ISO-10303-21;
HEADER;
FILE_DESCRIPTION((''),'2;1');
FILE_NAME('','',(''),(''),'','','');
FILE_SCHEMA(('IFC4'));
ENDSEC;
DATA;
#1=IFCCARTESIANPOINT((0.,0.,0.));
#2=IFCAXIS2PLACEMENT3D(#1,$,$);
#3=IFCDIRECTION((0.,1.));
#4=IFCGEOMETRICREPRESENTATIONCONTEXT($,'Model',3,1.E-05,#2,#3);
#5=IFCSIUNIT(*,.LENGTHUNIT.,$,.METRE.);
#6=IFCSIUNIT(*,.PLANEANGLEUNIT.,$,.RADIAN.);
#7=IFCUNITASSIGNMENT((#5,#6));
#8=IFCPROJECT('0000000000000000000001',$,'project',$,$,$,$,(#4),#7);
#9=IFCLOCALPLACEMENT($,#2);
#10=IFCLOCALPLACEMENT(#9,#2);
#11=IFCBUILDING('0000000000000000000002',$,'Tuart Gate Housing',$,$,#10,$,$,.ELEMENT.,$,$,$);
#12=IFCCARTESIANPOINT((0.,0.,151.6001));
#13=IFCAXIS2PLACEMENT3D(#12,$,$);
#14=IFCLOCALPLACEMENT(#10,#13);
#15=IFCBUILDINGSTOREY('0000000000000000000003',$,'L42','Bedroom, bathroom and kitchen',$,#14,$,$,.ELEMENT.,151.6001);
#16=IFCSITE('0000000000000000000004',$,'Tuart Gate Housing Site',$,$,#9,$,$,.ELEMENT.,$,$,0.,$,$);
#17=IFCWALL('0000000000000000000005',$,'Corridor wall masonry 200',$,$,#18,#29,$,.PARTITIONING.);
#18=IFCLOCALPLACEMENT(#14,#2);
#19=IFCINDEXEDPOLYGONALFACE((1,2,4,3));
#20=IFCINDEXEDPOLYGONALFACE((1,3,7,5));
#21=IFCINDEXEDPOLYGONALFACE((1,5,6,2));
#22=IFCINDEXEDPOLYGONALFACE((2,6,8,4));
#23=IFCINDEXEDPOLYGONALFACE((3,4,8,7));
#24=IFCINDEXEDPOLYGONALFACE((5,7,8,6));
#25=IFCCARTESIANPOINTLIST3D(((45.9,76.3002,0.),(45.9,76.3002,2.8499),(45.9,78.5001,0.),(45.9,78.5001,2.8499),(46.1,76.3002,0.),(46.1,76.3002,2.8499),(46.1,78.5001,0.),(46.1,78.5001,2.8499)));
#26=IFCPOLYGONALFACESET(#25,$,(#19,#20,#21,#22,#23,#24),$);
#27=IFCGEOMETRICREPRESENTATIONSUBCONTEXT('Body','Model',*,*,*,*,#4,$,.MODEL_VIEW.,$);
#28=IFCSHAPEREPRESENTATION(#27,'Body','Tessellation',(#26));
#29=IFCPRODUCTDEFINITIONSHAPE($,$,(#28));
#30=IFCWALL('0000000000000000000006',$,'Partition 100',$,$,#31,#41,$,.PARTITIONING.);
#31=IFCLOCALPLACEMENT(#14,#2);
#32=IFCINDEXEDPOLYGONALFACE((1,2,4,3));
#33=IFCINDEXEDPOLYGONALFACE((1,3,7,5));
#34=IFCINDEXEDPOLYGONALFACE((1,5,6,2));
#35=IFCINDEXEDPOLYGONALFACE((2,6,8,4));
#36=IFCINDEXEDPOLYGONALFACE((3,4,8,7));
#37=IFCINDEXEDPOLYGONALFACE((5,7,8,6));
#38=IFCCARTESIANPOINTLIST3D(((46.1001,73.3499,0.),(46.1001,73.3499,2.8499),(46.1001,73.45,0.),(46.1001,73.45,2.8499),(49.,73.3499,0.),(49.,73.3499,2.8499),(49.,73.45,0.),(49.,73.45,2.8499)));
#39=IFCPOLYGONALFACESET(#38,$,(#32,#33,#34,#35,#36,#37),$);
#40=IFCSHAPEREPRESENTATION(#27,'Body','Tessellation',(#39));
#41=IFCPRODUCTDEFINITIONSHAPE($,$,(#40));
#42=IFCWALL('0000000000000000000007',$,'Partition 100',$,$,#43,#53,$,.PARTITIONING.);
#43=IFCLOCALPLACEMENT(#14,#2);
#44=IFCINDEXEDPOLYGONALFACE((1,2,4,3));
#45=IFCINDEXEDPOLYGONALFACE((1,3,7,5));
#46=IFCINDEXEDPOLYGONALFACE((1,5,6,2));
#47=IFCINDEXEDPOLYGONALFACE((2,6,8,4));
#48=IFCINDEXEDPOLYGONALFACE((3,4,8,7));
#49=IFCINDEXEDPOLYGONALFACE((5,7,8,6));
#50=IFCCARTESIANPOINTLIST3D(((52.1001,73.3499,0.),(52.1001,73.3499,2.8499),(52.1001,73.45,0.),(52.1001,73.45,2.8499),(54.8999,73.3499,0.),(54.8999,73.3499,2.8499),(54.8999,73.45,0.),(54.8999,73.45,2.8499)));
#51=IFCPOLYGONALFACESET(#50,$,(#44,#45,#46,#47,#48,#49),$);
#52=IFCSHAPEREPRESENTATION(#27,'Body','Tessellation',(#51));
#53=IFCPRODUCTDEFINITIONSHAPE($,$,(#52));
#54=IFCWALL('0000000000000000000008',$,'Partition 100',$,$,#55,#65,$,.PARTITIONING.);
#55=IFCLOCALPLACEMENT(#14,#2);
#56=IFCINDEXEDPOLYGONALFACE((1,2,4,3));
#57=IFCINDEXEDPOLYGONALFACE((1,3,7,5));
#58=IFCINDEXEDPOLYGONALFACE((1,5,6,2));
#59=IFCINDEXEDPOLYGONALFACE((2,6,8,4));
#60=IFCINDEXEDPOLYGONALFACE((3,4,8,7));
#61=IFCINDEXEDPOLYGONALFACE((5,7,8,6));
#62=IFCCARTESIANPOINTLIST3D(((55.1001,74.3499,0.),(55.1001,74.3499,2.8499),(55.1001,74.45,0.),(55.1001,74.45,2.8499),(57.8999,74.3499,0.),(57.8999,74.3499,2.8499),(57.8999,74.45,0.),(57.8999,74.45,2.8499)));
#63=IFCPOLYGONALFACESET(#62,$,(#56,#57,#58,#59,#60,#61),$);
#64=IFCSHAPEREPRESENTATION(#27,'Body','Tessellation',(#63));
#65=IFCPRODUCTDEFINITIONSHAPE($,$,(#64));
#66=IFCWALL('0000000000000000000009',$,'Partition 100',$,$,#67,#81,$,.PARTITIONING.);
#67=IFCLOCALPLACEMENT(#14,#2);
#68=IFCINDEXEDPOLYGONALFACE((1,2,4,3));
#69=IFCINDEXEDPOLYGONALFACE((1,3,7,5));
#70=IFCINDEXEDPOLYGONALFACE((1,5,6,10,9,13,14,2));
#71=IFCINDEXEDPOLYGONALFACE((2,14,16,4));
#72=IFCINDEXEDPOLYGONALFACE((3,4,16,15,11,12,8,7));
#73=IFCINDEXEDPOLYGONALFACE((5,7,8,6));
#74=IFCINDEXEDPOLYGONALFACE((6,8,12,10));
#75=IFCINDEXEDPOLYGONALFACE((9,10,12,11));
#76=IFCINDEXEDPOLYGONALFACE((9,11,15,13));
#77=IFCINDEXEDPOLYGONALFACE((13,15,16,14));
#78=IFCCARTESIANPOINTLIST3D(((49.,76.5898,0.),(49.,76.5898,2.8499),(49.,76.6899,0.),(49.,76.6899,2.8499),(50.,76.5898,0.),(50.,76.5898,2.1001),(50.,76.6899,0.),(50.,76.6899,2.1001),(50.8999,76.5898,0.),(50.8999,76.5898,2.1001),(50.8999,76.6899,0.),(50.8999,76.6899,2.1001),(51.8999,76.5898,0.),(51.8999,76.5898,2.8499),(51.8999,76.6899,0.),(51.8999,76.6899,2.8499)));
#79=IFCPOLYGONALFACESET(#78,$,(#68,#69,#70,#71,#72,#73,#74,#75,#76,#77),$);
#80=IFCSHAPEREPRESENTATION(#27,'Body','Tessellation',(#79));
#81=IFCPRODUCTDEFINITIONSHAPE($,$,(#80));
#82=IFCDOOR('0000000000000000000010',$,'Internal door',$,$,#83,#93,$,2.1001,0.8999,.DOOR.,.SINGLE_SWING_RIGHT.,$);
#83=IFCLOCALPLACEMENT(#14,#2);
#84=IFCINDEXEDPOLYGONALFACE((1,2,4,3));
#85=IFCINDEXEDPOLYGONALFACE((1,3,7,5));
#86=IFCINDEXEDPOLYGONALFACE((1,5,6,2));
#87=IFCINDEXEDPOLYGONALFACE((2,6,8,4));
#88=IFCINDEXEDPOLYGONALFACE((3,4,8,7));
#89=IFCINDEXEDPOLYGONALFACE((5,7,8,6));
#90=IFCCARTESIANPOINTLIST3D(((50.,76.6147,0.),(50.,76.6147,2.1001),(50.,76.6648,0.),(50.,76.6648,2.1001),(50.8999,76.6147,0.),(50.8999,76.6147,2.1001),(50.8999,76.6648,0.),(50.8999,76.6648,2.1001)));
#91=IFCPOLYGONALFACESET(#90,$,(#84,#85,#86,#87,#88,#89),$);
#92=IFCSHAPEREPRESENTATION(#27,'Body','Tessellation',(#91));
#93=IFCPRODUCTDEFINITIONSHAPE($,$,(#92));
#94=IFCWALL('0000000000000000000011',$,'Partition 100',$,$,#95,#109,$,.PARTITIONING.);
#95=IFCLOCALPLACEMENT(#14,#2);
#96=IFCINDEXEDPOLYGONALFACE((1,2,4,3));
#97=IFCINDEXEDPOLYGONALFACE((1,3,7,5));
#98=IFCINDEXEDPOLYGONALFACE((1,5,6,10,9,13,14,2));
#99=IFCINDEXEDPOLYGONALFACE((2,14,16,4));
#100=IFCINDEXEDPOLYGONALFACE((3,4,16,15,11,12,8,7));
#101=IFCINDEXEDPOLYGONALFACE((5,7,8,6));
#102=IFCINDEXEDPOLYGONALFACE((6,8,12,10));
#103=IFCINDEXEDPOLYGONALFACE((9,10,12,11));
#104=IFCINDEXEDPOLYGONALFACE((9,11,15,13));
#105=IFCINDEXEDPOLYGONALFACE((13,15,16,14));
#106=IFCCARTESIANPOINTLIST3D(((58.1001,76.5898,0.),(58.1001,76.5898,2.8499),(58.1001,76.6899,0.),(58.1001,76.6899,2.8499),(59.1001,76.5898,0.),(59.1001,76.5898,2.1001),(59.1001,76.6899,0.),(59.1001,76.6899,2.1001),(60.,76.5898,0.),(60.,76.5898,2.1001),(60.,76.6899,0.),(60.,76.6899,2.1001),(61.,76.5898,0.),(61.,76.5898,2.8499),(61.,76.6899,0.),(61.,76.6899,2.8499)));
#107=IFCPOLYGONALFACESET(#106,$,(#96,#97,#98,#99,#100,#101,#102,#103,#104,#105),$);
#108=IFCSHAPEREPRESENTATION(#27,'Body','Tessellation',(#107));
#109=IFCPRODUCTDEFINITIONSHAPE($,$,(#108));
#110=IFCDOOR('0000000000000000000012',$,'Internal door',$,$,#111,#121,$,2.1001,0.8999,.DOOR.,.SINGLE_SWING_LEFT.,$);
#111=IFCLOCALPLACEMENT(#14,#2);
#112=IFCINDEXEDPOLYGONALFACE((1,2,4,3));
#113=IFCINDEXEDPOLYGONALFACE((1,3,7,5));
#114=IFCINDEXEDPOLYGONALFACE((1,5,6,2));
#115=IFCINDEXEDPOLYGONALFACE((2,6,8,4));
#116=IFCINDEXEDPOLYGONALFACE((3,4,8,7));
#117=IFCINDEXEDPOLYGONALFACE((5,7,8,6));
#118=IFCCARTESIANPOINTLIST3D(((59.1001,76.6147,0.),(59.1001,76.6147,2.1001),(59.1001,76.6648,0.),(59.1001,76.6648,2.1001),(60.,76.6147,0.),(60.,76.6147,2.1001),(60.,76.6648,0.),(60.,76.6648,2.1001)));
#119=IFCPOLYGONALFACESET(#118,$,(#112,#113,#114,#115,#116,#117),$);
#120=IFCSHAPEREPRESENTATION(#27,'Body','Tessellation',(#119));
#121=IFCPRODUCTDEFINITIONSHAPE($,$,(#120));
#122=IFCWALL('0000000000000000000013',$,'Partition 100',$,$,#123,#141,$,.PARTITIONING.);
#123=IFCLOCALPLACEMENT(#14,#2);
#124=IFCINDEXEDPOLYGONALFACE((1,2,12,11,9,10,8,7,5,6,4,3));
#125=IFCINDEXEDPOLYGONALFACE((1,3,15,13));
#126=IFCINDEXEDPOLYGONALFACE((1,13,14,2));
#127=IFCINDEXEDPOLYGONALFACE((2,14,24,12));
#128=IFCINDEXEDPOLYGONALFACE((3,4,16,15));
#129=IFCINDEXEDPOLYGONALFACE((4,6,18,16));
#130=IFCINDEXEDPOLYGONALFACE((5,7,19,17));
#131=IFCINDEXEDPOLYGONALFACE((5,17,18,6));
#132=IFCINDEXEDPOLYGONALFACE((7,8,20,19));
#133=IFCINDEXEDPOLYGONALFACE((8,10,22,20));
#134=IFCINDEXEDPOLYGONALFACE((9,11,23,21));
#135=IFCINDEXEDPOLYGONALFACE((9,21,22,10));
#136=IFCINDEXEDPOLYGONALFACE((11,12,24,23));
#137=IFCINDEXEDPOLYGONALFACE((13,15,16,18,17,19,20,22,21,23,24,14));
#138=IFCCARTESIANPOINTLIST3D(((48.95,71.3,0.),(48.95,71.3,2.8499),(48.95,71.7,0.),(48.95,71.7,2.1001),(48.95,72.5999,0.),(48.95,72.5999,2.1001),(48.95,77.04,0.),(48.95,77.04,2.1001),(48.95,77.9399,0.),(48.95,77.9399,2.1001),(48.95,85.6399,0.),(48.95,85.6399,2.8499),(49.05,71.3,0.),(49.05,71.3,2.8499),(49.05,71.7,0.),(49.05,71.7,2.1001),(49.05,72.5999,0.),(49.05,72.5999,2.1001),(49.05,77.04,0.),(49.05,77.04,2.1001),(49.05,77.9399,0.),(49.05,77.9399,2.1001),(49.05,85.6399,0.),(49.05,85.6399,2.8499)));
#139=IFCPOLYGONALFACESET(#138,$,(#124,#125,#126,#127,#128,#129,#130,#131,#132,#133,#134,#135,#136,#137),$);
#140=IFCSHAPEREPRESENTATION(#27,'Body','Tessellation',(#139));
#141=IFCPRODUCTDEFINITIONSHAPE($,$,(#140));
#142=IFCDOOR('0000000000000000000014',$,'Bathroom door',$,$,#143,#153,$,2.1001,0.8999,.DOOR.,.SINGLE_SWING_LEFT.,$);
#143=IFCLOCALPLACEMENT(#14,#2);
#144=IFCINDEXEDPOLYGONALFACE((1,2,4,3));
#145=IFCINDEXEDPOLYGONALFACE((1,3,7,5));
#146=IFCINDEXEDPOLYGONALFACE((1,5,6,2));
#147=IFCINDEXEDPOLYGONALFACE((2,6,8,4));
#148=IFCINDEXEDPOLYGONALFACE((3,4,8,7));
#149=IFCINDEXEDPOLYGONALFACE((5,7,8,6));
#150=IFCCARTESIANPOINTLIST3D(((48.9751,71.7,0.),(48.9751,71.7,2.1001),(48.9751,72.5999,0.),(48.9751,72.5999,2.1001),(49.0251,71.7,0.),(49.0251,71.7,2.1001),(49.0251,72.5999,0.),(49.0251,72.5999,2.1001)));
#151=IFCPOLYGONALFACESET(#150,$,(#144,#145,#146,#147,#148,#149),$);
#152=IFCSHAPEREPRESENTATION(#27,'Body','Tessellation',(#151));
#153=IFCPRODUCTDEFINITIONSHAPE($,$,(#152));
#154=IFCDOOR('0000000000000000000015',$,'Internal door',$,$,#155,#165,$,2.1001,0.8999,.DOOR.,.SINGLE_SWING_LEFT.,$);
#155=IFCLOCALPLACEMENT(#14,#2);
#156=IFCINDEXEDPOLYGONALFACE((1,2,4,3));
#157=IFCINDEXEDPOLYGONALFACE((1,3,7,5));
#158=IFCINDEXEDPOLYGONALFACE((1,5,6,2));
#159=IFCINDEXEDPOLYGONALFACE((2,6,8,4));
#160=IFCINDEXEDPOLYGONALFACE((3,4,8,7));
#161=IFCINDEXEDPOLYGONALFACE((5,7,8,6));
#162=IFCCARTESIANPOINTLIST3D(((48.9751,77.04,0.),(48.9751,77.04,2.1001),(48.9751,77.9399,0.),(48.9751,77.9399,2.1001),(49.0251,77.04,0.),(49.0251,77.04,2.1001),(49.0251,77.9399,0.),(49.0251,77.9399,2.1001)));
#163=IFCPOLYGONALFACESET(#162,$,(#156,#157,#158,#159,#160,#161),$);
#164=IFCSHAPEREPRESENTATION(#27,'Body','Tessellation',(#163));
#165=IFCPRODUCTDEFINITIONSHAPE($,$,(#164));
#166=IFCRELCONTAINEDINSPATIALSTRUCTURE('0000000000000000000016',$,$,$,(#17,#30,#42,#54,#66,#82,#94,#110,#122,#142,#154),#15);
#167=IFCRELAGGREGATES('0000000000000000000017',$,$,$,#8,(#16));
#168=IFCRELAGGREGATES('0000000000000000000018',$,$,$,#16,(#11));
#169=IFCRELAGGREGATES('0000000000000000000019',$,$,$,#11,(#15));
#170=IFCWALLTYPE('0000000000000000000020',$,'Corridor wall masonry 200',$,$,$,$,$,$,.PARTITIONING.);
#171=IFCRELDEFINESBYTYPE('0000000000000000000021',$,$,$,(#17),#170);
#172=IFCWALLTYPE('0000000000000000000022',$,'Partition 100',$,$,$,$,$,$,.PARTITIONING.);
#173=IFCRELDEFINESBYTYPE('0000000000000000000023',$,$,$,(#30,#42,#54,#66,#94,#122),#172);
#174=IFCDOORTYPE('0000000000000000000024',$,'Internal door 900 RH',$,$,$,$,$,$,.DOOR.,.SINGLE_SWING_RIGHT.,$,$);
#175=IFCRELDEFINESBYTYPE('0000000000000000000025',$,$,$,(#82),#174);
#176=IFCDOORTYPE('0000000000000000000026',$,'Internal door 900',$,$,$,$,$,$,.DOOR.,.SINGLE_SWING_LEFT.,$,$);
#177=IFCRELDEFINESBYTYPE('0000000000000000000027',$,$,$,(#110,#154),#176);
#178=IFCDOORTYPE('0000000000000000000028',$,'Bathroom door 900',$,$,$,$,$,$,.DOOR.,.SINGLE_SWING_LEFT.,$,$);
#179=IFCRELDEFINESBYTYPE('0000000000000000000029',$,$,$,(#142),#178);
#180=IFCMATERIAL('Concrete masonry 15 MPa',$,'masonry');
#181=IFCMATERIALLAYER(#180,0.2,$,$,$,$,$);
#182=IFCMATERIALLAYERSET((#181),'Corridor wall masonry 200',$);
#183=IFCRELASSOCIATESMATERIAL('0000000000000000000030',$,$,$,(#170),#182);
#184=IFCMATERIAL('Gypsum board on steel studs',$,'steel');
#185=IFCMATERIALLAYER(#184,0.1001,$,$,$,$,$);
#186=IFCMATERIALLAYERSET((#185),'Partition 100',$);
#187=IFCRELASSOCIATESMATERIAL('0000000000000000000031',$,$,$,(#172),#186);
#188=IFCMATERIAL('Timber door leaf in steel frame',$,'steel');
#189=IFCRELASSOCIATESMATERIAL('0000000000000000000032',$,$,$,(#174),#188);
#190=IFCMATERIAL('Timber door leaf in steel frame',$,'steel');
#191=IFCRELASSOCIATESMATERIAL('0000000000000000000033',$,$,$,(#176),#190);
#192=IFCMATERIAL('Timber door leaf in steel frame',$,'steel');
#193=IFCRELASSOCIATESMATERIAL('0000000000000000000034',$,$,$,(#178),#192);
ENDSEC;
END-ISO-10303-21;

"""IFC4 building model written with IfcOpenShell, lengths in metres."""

from ifc_helpers import new_model, si_unit, direction, frame, frame_2d, origin, place, context, subcontext, project, spatial, rectangle, extrude, material, layer, layer_set, type_object, element, fill, save


model = new_model("IFC4")

# Units and contexts
model_context = context("Model", 3, precision=1e-05, world=origin(), true_north=direction((0.0, 1.0)))
body_context = subcontext(model_context, "Body", "Model", "MODEL_VIEW")
ifc_project = project(units=[si_unit("LENGTHUNIT", "METRE"), si_unit("PLANEANGLEUNIT", "RADIAN")], contexts=[model_context])

# Site, building, storey
site_placement = place(None, origin())
site = spatial("IfcSite", under=ifc_project, at=site_placement, Name="Tuart Gate Housing Site", CompositionType="ELEMENT", RefElevation=0.0)
building_placement = place(site_placement, origin())
building = spatial("IfcBuilding", under=site, at=building_placement, Name="Tuart Gate Housing", CompositionType="ELEMENT")
storey_placement = place(building_placement, frame((0.0, 0.0, 151.6001)))
storey = spatial("IfcBuildingStorey", under=building, at=storey_placement, Name="L42", Description="Bedroom, bathroom and kitchen", CompositionType="ELEMENT", Elevation=151.6001)

# Walls
ifc_material_1 = material(Name="Concrete masonry 15 MPa", Category="masonry")
ifc_layer_1 = layer(ifc_material_1, 0.2)
ifc_layer_set_1 = layer_set([ifc_layer_1], Name="Corridor wall masonry 200")
wall_type_1 = type_object("IfcWallType", Name="Corridor wall masonry 200", PredefinedType="PARTITIONING", material=ifc_layer_set_1)
wall_1_placement = place(storey_placement, frame((46.0, 76.3, 0.0), z_axis=(0.0, 0.0, 1.0), x_axis=(0.0, 1.0, 0.0)))
element("IfcWall", 1, at=wall_1_placement, inside=storey, type_object=wall_type_1, Name="Corridor wall masonry 200", PredefinedType="PARTITIONING", context=body_context, shape_type="SweptSolid", body=[
    extrude(rectangle(XDim=2.2, YDim=0.2, at=frame_2d((1.1001, 0.0))), origin(), (0.0, 0.0, 1.0), 2.8499),
])
ifc_material_2 = material(Name="Gypsum board on steel studs", Category="steel")
ifc_layer_2 = layer(ifc_material_2, 0.1001)
ifc_layer_set_2 = layer_set([ifc_layer_2], Name="Partition 100")
wall_type_2 = type_object("IfcWallType", Name="Partition 100", PredefinedType="PARTITIONING", material=ifc_layer_set_2)
wall_2_placement = place(storey_placement, frame((46.1001, 73.3999, 0.0), z_axis=(0.0, 0.0, 1.0), x_axis=(1.0, 0.0, 0.0)))
element("IfcWall", 2, at=wall_2_placement, inside=storey, type_object=wall_type_2, Name="Partition 100", PredefinedType="PARTITIONING", context=body_context, shape_type="SweptSolid", body=[
    extrude(rectangle(XDim=2.8999, YDim=0.1001, at=frame_2d((1.45, 0.0))), origin(), (0.0, 0.0, 1.0), 2.8499),
])
for number, where, z_axis, x_axis, name in (
    (3, (52.1001, 73.3999, 0.0), (0.0, 0.0, 1.0), (1.0, 0.0, 0.0), "Partition 100"),
    (4, (55.1001, 74.3999, 0.0), (0.0, 0.0, 1.0), (1.0, 0.0, 0.0), "Partition 100"),
):
    element("IfcWall", number, at=place(storey_placement, frame(where, z_axis=z_axis, x_axis=x_axis)), inside=storey, type_object=wall_type_2, Name=name, PredefinedType="PARTITIONING", context=body_context, shape_type="SweptSolid", body=[
        extrude(rectangle(XDim=2.7998, YDim=0.1001, at=frame_2d((1.3999, 0.0))), origin(), (0.0, 0.0, 1.0), 2.8499),
    ])

# Walls, openings, doors
wall_3_placement = place(storey_placement, frame((49.0, 76.6399, 0.0), z_axis=(0.0, 0.0, 1.0), x_axis=(1.0, 0.0, 0.0)))
wall_3 = element("IfcWall", 5, at=wall_3_placement, inside=storey, type_object=wall_type_2, Name="Partition 100", PredefinedType="PARTITIONING", context=body_context, shape_type="SweptSolid", body=[
    extrude(rectangle(XDim=2.8999, YDim=0.1001, at=frame_2d((1.45, 0.0))), origin(), (0.0, 0.0, 1.0), 2.8499),
])
opening_1_placement = place(wall_3_placement, frame((1.0, 0.0, 0.0)))
opening_1 = element("IfcOpeningElement", 6, at=opening_1_placement, cuts=wall_3, PredefinedType="OPENING", context=body_context, shape_type="SweptSolid", body=[
    extrude(rectangle(XDim=0.8999, YDim=2.1001, at=frame_2d((0.45, 1.05))), frame((0.0, 0.0601, 0.0), z_axis=(0.0, -1.0, 0.0), x_axis=(1.0, 0.0, 0.0)), (0.0, 0.0, 1.0), 0.1201),
])
ifc_material_3 = material(Name="Timber door leaf in steel frame", Category="steel")
door_type_1 = type_object("IfcDoorType", Name="Internal door 900 RH", OperationType="SINGLE_SWING_RIGHT", PredefinedType="DOOR", material=ifc_material_3)
door_1_placement = place(opening_1_placement, frame((0.8999, 0.0, 0.0), z_axis=(0.0, 0.0, 1.0), x_axis=(-1.0, 0.0, 0.0)))
door_1 = element("IfcDoor", 7, at=door_1_placement, inside=storey, type_object=door_type_1, Name="Internal door", OperationType="SINGLE_SWING_RIGHT", OverallHeight=2.1001, OverallWidth=0.8999, PredefinedType="DOOR", context=body_context, shape_type="SweptSolid", body=[
    extrude(rectangle(XDim=0.8999, YDim=2.1001, at=frame_2d((0.45, 1.05))), frame((0.0, 0.0251, 0.0), z_axis=(0.0, -1.0, 0.0), x_axis=(1.0, 0.0, 0.0)), (0.0, 0.0, 1.0), 0.05),
])
fill(opening_1, door_1)
wall_4_placement = place(storey_placement, frame((58.1001, 76.6399, 0.0), z_axis=(0.0, 0.0, 1.0), x_axis=(1.0, 0.0, 0.0)))
wall_4 = element("IfcWall", 8, at=wall_4_placement, inside=storey, type_object=wall_type_2, Name="Partition 100", PredefinedType="PARTITIONING", context=body_context, shape_type="SweptSolid", body=[
    extrude(rectangle(XDim=2.8999, YDim=0.1001, at=frame_2d((1.45, 0.0))), origin(), (0.0, 0.0, 1.0), 2.8499),
])
opening_2_placement = place(wall_4_placement, frame((1.0, 0.0, 0.0)))
opening_2 = element("IfcOpeningElement", 9, at=opening_2_placement, cuts=wall_4, PredefinedType="OPENING", context=body_context, shape_type="SweptSolid", body=[
    extrude(rectangle(XDim=0.8999, YDim=2.1001, at=frame_2d((0.45, 1.05))), frame((0.0, 0.0601, 0.0), z_axis=(0.0, -1.0, 0.0), x_axis=(1.0, 0.0, 0.0)), (0.0, 0.0, 1.0), 0.1201),
])
ifc_material_4 = material(Name="Timber door leaf in steel frame", Category="steel")
door_type_2 = type_object("IfcDoorType", Name="Internal door 900", OperationType="SINGLE_SWING_LEFT", PredefinedType="DOOR", material=ifc_material_4)
door_2_placement = place(opening_2_placement, frame((0.8999, 0.0, 0.0), z_axis=(0.0, 0.0, 1.0), x_axis=(-1.0, 0.0, 0.0)))
door_2 = element("IfcDoor", 10, at=door_2_placement, inside=storey, type_object=door_type_2, Name="Internal door", OperationType="SINGLE_SWING_LEFT", OverallHeight=2.1001, OverallWidth=0.8999, PredefinedType="DOOR", context=body_context, shape_type="SweptSolid", body=[
    extrude(rectangle(XDim=0.8999, YDim=2.1001, at=frame_2d((0.45, 1.05))), frame((0.0, 0.0251, 0.0), z_axis=(0.0, -1.0, 0.0), x_axis=(1.0, 0.0, 0.0)), (0.0, 0.0, 1.0), 0.05),
])
fill(opening_2, door_2)

# Wall, openings, doors
wall_5_placement = place(storey_placement, frame((49.0, 71.3, 0.0), z_axis=(0.0, 0.0, 1.0), x_axis=(0.0, 1.0, 0.0)))
wall_5 = element("IfcWall", 11, at=wall_5_placement, inside=storey, type_object=wall_type_2, Name="Partition 100", PredefinedType="PARTITIONING", context=body_context, shape_type="SweptSolid", body=[
    extrude(rectangle(XDim=14.3398, YDim=0.1001, at=frame_2d((7.1699, 0.0))), origin(), (0.0, 0.0, 1.0), 2.8499),
])
opening_3_placement = place(wall_5_placement, frame((5.74, 0.0, 0.0)))
opening_3 = element("IfcOpeningElement", 12, at=opening_3_placement, cuts=wall_5, PredefinedType="OPENING", context=body_context, shape_type="SweptSolid", body=[
    extrude(rectangle(XDim=0.8999, YDim=2.1001, at=frame_2d((0.45, 1.05))), frame((0.0, 0.0601, 0.0), z_axis=(0.0, -1.0, 0.0), x_axis=(1.0, 0.0, 0.0)), (0.0, 0.0, 1.0), 0.1201),
])
opening_4_placement = place(wall_5_placement, frame((0.3999, 0.0, 0.0)))
opening_4 = element("IfcOpeningElement", 13, at=opening_4_placement, cuts=wall_5, PredefinedType="OPENING", context=body_context, shape_type="SweptSolid", body=[
    extrude(rectangle(XDim=0.8999, YDim=2.1001, at=frame_2d((0.45, 1.05))), frame((0.0, 0.0601, 0.0), z_axis=(0.0, -1.0, 0.0), x_axis=(1.0, 0.0, 0.0)), (0.0, 0.0, 1.0), 0.1201),
])
ifc_material_5 = material(Name="Timber door leaf in steel frame", Category="steel")
door_type_3 = type_object("IfcDoorType", Name="Bathroom door 900", OperationType="SINGLE_SWING_LEFT", PredefinedType="DOOR", material=ifc_material_5)
door_3_placement = place(opening_4_placement, origin())
door_3 = element("IfcDoor", 14, at=door_3_placement, inside=storey, type_object=door_type_3, Name="Bathroom door", OperationType="SINGLE_SWING_LEFT", OverallHeight=2.1001, OverallWidth=0.8999, PredefinedType="DOOR", context=body_context, shape_type="SweptSolid", body=[
    extrude(rectangle(XDim=0.8999, YDim=2.1001, at=frame_2d((0.45, 1.05))), frame((0.0, 0.0249, 0.0), z_axis=(0.0, -1.0, 0.0), x_axis=(1.0, 0.0, 0.0)), (0.0, 0.0, 1.0), 0.05),
])
fill(opening_4, door_3)
door_4_placement = place(opening_3_placement, origin())
door_4 = element("IfcDoor", 15, at=door_4_placement, inside=storey, type_object=door_type_2, Name="Internal door", OperationType="SINGLE_SWING_LEFT", OverallHeight=2.1001, OverallWidth=0.8999, PredefinedType="DOOR", context=body_context, shape_type="SweptSolid", body=[
    extrude(rectangle(XDim=0.8999, YDim=2.1001, at=frame_2d((0.45, 1.05))), frame((0.0, 0.0249, 0.0), z_axis=(0.0, -1.0, 0.0), x_axis=(1.0, 0.0, 0.0)), (0.0, 0.0, 1.0), 0.05),
])
fill(opening_3, door_4)

save(model, "model.ifc")
